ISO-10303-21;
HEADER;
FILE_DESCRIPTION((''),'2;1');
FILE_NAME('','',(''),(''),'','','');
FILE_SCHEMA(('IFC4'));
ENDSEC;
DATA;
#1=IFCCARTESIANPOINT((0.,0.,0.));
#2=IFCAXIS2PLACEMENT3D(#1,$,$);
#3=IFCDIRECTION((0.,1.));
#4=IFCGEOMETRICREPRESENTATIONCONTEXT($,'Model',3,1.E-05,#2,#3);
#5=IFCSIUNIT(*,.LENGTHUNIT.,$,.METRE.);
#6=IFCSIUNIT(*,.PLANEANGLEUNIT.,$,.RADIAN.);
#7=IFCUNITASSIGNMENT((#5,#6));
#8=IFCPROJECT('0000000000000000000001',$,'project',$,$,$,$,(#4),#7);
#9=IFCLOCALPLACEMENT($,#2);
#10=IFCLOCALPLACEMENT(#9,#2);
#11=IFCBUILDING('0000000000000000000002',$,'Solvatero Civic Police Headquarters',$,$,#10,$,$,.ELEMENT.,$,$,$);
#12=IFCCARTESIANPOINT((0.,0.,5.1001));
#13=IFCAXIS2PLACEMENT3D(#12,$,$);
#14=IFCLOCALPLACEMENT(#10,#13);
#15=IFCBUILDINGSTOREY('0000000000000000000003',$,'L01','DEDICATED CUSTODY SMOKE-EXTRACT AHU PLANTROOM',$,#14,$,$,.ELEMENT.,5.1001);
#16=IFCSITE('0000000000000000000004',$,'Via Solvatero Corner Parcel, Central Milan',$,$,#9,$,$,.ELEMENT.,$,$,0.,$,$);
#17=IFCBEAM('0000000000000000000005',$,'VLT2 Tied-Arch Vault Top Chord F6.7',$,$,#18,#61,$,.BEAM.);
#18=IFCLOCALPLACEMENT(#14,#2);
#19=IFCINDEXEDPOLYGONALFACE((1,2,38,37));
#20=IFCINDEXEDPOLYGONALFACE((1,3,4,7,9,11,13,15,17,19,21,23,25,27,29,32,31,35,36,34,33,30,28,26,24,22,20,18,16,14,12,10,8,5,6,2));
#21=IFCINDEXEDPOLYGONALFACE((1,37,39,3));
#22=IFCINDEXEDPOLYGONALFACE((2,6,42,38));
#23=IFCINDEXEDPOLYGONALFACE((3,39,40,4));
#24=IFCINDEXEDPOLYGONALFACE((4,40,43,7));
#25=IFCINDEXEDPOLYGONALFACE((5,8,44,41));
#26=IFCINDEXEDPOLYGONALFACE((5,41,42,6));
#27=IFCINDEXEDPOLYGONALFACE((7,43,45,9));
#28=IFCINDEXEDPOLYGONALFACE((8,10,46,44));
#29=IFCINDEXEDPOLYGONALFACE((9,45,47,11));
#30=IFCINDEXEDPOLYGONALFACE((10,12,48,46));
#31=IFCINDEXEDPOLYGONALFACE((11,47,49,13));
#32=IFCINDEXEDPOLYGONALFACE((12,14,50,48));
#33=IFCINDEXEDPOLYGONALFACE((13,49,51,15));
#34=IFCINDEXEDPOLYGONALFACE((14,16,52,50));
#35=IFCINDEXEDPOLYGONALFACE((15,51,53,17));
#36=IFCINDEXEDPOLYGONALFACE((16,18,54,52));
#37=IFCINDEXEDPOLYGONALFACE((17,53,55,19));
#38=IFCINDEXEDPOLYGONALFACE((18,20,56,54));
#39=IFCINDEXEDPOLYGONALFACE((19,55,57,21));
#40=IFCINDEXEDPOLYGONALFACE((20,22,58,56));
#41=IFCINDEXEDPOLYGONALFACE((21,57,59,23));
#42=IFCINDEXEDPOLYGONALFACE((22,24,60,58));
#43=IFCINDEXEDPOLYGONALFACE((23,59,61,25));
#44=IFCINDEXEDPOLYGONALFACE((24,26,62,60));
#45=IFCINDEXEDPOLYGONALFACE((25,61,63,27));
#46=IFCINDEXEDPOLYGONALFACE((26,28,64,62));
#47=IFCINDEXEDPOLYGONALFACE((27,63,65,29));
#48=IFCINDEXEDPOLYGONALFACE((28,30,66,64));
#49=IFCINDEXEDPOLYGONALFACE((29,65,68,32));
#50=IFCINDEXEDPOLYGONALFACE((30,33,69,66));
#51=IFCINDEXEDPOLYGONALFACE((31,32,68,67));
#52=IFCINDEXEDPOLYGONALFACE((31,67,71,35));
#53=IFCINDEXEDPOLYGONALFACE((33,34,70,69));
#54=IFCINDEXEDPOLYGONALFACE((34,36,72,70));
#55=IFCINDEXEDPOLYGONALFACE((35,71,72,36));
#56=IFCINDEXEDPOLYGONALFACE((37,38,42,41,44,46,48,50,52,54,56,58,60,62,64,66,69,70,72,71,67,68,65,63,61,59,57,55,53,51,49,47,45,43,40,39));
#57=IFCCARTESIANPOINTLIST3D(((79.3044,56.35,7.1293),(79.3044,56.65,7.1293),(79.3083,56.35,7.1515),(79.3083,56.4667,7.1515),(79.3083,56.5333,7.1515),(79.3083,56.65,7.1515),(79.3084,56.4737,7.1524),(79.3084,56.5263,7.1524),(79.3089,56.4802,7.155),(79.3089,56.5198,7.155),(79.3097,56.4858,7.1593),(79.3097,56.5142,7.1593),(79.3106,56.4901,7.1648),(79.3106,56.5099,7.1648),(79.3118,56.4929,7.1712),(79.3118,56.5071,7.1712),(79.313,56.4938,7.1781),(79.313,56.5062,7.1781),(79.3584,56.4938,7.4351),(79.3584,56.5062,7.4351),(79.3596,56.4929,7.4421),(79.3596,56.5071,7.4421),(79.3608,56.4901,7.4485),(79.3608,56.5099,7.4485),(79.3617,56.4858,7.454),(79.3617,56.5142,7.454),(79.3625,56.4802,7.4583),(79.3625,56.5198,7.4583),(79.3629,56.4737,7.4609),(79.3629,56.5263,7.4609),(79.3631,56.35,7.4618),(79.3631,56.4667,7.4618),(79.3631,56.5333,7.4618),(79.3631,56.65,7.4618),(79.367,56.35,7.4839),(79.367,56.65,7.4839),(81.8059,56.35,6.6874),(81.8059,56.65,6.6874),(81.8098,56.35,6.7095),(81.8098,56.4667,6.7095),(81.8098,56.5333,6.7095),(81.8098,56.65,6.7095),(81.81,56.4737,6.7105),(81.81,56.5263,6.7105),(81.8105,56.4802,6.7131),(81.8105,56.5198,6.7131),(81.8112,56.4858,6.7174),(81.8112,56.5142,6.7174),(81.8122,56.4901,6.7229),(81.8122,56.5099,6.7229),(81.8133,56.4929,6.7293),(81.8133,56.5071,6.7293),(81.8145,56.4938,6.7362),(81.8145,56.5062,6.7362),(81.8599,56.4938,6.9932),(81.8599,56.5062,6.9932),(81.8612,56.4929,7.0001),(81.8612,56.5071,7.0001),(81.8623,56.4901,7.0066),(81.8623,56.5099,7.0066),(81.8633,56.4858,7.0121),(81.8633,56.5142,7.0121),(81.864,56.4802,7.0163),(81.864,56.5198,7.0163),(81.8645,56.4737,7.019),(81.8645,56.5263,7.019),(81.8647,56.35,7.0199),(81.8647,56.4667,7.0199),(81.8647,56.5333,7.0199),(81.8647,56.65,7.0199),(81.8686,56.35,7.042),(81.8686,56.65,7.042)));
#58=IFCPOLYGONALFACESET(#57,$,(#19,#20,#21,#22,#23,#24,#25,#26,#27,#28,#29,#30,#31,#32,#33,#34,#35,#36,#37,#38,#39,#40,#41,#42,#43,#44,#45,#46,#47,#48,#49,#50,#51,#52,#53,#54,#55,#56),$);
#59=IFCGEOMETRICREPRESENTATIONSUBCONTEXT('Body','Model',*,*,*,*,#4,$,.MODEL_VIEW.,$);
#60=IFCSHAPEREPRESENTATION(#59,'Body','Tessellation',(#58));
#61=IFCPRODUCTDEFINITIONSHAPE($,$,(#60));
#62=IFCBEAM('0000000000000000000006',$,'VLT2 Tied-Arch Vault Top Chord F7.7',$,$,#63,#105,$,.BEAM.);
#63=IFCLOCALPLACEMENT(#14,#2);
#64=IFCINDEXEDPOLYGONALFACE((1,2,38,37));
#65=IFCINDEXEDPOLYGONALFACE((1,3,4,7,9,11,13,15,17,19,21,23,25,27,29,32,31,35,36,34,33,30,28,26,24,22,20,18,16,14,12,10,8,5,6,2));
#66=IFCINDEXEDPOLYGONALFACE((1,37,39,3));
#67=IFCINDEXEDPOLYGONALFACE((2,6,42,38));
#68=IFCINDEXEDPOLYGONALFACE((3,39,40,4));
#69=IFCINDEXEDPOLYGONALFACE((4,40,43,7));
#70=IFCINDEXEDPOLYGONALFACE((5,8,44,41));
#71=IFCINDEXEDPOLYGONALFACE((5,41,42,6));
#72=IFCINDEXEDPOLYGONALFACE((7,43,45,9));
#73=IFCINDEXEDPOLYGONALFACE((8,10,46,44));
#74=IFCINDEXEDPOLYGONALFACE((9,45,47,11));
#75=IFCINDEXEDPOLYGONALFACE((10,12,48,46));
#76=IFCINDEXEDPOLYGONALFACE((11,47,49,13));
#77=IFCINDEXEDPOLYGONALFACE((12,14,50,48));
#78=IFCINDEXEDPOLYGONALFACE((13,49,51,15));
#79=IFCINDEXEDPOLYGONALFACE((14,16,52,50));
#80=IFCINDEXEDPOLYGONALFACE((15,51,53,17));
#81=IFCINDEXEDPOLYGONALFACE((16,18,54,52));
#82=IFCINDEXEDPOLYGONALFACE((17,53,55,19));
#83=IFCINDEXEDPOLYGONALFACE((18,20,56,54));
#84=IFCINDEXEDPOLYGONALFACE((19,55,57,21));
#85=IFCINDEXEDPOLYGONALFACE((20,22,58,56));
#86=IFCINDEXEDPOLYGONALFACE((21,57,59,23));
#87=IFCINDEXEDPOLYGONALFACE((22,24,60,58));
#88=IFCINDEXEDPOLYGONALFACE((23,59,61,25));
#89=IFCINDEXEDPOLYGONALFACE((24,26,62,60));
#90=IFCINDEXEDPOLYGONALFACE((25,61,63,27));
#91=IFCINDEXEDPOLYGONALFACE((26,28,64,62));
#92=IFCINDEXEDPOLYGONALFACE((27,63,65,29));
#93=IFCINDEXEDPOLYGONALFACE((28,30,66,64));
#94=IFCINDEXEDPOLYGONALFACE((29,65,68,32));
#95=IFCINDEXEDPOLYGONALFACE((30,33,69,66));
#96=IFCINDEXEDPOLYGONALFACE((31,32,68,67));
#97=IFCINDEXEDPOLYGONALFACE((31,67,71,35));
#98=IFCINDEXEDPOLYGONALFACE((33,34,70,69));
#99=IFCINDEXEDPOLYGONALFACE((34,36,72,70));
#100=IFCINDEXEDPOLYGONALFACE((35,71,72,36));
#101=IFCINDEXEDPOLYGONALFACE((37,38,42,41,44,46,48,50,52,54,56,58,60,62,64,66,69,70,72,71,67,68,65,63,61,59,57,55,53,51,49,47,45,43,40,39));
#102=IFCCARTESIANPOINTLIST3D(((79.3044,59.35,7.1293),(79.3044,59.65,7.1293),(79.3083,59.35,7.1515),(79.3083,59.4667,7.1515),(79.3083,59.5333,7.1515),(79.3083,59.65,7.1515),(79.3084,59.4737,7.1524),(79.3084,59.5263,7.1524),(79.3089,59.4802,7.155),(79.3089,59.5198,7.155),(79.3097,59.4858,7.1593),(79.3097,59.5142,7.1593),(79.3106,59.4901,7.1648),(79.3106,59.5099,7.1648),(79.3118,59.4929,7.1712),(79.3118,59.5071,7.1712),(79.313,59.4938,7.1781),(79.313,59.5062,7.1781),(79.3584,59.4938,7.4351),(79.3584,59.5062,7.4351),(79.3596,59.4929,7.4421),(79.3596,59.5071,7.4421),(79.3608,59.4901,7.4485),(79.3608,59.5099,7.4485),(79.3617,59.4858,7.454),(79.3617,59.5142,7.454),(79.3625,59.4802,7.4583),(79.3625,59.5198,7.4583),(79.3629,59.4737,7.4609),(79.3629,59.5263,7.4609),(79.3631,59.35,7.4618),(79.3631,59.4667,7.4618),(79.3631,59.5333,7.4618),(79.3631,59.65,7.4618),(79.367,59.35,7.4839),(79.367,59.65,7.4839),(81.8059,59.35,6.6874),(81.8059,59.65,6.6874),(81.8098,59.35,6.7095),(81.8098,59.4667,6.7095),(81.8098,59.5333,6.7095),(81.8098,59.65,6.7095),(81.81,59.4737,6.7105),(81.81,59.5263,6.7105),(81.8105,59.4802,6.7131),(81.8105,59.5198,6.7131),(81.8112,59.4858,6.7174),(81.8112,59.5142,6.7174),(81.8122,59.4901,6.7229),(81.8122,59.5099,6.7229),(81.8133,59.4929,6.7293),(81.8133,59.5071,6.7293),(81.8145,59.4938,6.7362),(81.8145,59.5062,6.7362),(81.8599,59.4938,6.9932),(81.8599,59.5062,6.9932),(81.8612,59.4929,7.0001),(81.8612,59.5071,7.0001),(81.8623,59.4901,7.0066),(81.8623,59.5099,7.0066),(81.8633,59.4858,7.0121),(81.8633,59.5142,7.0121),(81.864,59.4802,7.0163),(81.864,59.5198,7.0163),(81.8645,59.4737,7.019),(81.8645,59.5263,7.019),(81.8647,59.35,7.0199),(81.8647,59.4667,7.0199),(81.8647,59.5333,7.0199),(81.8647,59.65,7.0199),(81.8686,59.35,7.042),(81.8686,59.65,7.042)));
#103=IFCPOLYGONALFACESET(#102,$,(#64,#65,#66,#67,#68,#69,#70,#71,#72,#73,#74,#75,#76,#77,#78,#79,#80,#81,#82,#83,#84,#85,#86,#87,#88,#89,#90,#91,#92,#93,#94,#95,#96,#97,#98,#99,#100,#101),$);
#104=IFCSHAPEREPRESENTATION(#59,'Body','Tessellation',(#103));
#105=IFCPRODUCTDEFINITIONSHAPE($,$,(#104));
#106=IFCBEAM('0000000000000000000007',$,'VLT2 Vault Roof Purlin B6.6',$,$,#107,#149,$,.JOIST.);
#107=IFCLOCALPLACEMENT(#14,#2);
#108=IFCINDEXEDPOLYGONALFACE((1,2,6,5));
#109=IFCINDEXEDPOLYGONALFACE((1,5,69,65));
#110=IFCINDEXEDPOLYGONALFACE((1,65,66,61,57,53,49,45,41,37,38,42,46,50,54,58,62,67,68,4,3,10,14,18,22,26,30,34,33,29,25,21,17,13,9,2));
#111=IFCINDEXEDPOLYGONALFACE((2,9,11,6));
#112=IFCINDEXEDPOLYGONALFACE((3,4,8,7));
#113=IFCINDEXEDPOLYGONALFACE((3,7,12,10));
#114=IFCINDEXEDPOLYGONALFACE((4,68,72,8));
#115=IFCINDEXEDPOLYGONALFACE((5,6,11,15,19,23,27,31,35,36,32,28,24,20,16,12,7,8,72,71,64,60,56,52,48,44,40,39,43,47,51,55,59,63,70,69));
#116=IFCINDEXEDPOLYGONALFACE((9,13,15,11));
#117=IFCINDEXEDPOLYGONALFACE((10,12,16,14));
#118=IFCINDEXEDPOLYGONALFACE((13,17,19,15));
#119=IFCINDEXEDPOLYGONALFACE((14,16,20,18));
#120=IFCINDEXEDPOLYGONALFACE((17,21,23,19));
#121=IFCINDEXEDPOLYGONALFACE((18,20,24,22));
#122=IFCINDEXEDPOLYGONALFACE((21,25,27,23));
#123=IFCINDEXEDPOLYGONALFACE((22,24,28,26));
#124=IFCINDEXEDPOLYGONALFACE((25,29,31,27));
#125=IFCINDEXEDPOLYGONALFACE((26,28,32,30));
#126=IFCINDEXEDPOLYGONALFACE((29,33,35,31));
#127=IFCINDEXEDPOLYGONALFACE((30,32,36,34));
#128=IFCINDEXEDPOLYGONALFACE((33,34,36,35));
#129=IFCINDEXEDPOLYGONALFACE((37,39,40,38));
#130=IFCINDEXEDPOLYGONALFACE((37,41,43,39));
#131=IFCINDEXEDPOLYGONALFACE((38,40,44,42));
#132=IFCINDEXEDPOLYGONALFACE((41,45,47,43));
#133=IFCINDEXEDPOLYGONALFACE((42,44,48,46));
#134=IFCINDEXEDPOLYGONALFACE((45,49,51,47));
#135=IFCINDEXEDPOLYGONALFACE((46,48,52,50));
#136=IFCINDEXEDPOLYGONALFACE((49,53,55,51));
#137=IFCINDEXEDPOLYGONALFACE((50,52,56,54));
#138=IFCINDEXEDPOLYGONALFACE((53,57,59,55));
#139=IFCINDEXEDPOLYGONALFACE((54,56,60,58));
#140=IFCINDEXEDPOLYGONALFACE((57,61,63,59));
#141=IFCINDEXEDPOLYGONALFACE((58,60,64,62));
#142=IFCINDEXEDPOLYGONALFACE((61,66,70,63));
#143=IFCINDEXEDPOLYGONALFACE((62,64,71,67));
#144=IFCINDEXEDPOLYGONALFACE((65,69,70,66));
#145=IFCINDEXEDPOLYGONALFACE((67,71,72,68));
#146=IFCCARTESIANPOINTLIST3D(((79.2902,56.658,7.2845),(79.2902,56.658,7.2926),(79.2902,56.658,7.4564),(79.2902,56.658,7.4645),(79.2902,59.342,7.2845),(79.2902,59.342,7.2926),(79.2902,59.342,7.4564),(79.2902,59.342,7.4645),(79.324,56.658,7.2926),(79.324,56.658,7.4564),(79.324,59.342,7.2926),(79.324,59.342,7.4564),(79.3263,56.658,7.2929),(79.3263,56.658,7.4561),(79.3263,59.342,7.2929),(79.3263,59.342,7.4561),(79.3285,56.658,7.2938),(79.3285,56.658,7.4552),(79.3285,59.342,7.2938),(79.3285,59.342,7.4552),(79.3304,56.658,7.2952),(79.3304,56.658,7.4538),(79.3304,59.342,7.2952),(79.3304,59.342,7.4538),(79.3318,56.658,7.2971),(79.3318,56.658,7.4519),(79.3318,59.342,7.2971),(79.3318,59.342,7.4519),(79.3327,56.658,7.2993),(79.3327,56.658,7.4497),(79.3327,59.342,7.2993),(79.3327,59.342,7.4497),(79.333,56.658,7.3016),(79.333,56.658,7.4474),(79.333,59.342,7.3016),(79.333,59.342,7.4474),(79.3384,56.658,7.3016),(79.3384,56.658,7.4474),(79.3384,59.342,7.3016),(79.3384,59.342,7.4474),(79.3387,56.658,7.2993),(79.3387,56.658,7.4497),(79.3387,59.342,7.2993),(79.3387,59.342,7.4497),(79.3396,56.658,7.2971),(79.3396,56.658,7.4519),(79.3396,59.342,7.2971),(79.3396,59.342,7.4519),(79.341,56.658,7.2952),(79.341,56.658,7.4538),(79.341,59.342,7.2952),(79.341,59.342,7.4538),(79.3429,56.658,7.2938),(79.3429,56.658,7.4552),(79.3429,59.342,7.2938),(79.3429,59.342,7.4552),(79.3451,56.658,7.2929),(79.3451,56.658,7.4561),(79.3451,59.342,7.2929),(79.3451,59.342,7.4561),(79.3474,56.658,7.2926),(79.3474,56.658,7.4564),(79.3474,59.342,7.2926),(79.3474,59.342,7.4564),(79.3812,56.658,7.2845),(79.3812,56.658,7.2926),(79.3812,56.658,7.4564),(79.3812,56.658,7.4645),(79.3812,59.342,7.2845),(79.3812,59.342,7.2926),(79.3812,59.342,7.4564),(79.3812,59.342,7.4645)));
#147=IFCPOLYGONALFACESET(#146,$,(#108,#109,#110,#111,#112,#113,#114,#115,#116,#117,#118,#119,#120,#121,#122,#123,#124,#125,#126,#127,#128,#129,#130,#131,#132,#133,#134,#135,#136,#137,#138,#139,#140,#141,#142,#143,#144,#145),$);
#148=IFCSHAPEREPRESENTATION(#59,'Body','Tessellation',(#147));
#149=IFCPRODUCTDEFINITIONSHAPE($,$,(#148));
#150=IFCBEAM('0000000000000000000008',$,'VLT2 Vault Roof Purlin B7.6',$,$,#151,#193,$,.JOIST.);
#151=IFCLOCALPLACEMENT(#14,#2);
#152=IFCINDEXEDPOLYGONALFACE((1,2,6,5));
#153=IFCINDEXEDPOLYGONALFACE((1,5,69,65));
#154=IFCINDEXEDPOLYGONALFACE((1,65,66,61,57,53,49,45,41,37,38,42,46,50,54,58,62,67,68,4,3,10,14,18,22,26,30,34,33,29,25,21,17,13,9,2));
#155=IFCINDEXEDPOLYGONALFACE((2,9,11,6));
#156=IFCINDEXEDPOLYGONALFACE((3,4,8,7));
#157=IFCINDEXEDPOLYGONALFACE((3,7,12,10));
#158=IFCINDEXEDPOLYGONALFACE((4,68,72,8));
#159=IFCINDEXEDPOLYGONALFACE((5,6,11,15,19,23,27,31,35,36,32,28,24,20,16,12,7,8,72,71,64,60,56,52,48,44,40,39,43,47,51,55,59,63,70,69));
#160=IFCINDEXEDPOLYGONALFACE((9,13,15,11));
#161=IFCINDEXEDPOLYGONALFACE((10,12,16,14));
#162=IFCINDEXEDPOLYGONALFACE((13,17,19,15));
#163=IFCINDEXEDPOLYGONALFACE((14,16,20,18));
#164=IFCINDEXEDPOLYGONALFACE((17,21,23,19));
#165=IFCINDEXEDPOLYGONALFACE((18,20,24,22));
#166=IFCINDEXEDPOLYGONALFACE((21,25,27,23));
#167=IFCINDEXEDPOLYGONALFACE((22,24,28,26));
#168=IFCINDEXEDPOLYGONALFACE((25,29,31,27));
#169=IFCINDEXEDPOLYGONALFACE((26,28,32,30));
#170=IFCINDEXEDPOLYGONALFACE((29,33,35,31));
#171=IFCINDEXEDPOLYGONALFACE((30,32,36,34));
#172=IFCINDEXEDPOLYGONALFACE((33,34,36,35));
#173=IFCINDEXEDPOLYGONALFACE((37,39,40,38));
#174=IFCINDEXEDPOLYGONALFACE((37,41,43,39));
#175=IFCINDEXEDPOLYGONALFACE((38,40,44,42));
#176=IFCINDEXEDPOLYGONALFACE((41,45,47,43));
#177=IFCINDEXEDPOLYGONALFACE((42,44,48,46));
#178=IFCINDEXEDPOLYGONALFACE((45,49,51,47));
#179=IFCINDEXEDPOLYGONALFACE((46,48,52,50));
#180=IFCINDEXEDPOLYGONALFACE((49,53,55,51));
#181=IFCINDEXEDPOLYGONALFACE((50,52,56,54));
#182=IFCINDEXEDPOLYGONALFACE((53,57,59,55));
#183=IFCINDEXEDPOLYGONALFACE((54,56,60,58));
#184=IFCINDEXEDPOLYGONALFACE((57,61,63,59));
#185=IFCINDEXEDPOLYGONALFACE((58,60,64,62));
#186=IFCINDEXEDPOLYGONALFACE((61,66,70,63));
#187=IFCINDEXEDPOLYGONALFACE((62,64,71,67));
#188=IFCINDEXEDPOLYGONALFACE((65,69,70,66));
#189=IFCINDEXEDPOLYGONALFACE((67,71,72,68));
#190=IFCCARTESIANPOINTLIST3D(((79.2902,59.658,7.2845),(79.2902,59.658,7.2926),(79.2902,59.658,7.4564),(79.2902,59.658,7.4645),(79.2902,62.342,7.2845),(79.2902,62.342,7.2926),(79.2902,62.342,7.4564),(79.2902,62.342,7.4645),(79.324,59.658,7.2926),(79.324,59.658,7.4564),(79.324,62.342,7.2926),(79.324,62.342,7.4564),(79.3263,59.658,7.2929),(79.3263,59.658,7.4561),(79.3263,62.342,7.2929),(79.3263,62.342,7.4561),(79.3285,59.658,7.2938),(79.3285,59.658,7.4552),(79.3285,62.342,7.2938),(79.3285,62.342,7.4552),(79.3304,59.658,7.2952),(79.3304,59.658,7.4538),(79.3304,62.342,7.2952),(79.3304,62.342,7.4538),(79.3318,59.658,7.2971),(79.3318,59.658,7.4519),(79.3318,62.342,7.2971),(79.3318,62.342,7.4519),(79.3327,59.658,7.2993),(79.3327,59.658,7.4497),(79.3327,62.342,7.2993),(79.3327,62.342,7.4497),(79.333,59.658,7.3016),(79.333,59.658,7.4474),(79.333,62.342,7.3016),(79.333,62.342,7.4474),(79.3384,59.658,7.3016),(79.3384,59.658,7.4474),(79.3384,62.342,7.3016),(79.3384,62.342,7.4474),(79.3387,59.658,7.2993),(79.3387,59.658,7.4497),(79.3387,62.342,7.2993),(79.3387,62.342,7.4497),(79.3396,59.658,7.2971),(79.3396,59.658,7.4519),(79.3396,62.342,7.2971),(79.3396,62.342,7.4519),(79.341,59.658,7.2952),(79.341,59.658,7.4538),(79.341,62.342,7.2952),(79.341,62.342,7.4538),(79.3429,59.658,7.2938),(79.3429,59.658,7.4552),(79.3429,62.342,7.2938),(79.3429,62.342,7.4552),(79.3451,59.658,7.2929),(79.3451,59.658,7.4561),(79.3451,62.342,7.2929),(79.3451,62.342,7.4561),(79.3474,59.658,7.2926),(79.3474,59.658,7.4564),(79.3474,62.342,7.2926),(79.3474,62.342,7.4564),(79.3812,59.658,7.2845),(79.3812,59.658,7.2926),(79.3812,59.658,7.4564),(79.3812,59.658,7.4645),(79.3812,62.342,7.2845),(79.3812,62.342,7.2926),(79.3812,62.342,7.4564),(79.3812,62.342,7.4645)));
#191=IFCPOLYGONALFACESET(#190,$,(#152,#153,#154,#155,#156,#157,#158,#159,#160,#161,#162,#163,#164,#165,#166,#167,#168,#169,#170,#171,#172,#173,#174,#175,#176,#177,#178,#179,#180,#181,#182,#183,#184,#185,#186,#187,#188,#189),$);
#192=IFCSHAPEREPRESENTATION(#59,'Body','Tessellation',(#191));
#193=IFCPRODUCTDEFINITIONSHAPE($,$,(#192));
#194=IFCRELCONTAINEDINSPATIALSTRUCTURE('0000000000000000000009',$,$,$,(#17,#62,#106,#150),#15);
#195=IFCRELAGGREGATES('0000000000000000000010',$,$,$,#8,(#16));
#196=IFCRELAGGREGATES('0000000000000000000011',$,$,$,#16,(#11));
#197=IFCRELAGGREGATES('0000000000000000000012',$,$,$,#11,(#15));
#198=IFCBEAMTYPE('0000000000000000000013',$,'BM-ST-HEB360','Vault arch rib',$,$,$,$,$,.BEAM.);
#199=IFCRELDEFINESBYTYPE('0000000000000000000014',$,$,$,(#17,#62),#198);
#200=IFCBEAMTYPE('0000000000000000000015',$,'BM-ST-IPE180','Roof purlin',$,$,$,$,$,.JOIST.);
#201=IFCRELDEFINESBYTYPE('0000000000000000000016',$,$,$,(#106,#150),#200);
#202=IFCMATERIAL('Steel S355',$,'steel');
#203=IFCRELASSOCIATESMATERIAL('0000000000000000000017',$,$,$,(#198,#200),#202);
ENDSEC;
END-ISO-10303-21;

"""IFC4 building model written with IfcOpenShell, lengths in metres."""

from ifc_helpers import new_model, si_unit, direction, frame, origin, origin_2d, place, context, subcontext, project, spatial, i_section, extrude, material, material_profile, profile_set, type_object, element, save


model = new_model("IFC4")

# Units and contexts
model_context = context("Model", 3, precision=1e-05, world=origin(), true_north=direction((0.0, 1.0)))
body_context = subcontext(model_context, "Body", "Model", "MODEL_VIEW")
ifc_project = project(units=[si_unit("LENGTHUNIT", "METRE"), si_unit("PLANEANGLEUNIT", "RADIAN")], contexts=[model_context])

# Site, building, storey
site_placement = place(None, origin())
site = spatial("IfcSite", under=ifc_project, at=site_placement, Name="Via Solvatero Corner Parcel, Central Milan", CompositionType="ELEMENT", RefElevation=0.0)
building_placement = place(site_placement, origin())
building = spatial("IfcBuilding", under=site, at=building_placement, Name="Solvatero Civic Police Headquarters", CompositionType="ELEMENT")
storey_placement = place(building_placement, frame((0.0, 0.0, 5.1001)))
storey = spatial("IfcBuildingStorey", under=building, at=storey_placement, Name="L01", Description="DEDICATED CUSTODY SMOKE-EXTRACT AHU PLANTROOM", CompositionType="ELEMENT", Elevation=5.1001)

# Beams
ifc_material_1 = material(Name="Steel S355", Category="steel")
ifc_material_profile_1 = material_profile(ifc_material_1, i_section(OverallWidth=0.3, OverallDepth=0.3601, WebThickness=0.0125, FlangeThickness=0.0225, FilletRadius=0.0271, at=origin_2d()), Name="HEB 360")
ifc_profile_set_1 = profile_set([ifc_material_profile_1], Name="Steel S355")
beam_type_1 = type_object("IfcBeamType", Name="BM-ST-HEB360", Description="Vault arch rib", PredefinedType="BEAM", material=ifc_profile_set_1)
for number, where, z_axis, x_axis, name in (
    (1, (79.3357, 56.5, 7.3066), (0.984753, 0.0, -0.173961), (0.0, 1.0, 0.0), "VLT2 Tied-Arch Vault Top Chord F6.7"),
    (2, (79.3357, 59.5, 7.3066), (0.984753, 0.0, -0.173961), (0.0, 1.0, 0.0), "VLT2 Tied-Arch Vault Top Chord F7.7"),
):
    element("IfcBeam", number, at=place(storey_placement, frame(where, z_axis=z_axis, x_axis=x_axis)), inside=storey, type_object=beam_type_1, Name=name, PredefinedType="BEAM", context=body_context, shape_type="SweptSolid", body=[
        extrude(i_section(OverallWidth=0.3, OverallDepth=0.3601, WebThickness=0.0125, FlangeThickness=0.0225, FilletRadius=0.0271, at=origin_2d()), origin(), (0.0, 0.0, 1.0), 2.5403),
    ])
ifc_material_profile_2 = material_profile(ifc_material_1, i_section(OverallWidth=0.0911, OverallDepth=0.1799, WebThickness=0.0054, FlangeThickness=0.0081, FilletRadius=0.009, at=origin_2d()), Name="IPE 180")
ifc_profile_set_2 = profile_set([ifc_material_profile_2], Name="Steel S355")
beam_type_2 = type_object("IfcBeamType", Name="BM-ST-IPE180", Description="Roof purlin", PredefinedType="JOIST", material=ifc_profile_set_2)
for number, where, z_axis, x_axis, name in (
    (3, (79.3357, 56.658, 7.3745), (0.0, 1.0, 0.0), (-1.0, 0.0, 0.0), "VLT2 Vault Roof Purlin B6.6"),
    (4, (79.3357, 59.658, 7.3745), (0.0, 1.0, 0.0), (-1.0, 0.0, 0.0), "VLT2 Vault Roof Purlin B7.6"),
):
    element("IfcBeam", number, at=place(storey_placement, frame(where, z_axis=z_axis, x_axis=x_axis)), inside=storey, type_object=beam_type_2, Name=name, PredefinedType="JOIST", context=body_context, shape_type="SweptSolid", body=[
        extrude(i_section(OverallWidth=0.0911, OverallDepth=0.1799, WebThickness=0.0054, FlangeThickness=0.0081, FilletRadius=0.009, at=origin_2d()), origin(), (0.0, 0.0, 1.0), 2.6841),
    ])

save(model, "model.ifc")
